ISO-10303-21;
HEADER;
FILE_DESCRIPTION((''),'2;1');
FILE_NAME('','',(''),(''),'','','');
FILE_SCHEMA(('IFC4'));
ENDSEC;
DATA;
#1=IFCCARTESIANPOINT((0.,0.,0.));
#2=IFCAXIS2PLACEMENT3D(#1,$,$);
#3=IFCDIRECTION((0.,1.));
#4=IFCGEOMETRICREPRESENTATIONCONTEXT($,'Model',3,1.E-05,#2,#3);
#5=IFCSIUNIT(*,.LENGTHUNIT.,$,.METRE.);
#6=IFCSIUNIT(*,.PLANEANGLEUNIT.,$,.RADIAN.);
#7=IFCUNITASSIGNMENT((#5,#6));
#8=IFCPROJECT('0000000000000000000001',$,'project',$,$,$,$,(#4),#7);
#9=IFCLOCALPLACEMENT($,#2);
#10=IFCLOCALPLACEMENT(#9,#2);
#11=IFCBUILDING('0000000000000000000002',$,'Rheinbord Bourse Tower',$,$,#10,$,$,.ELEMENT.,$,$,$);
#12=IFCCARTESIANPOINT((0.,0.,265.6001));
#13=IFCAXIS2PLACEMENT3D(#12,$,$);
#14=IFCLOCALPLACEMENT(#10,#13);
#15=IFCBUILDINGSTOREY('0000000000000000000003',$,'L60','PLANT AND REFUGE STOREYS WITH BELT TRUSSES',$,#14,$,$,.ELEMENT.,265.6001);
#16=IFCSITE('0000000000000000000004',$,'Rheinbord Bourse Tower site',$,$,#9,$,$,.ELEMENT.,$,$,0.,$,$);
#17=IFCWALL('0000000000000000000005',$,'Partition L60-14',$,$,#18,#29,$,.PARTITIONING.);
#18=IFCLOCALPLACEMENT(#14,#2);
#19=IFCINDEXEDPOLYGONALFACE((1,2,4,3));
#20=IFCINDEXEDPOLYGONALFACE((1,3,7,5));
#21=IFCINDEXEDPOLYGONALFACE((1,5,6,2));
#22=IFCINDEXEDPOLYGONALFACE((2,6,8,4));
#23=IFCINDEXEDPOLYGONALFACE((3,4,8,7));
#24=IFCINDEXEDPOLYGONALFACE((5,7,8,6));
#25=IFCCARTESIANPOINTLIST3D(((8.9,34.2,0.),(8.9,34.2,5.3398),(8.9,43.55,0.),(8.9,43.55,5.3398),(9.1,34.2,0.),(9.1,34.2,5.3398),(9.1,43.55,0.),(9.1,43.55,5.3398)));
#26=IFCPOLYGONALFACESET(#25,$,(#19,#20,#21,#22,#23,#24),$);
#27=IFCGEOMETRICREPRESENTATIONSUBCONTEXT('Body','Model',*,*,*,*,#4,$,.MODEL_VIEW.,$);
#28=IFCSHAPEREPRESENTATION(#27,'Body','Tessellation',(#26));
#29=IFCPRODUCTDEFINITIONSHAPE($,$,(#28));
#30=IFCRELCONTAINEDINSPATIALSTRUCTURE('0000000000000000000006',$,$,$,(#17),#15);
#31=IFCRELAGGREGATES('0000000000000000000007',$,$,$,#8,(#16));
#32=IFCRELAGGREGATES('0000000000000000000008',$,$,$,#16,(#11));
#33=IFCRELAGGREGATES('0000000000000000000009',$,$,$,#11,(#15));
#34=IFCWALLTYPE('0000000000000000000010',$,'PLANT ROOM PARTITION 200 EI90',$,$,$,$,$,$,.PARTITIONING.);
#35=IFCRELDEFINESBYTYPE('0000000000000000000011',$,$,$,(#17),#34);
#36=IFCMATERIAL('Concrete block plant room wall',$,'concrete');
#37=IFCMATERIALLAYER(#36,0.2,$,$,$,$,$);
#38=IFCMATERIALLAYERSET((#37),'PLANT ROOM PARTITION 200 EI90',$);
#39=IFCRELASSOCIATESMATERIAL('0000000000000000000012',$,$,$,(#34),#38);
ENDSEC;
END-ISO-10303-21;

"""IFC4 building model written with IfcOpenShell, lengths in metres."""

from ifc_helpers import new_model, si_unit, direction, frame, frame_2d, origin, place, context, subcontext, project, spatial, rectangle, extrude, material, layer, layer_set, type_object, element, save


model = new_model("IFC4")

# Units and contexts
model_context = context("Model", 3, precision=1e-05, world=origin(), true_north=direction((0.0, 1.0)))
body_context = subcontext(model_context, "Body", "Model", "MODEL_VIEW")
ifc_project = project(units=[si_unit("LENGTHUNIT", "METRE"), si_unit("PLANEANGLEUNIT", "RADIAN")], contexts=[model_context])

# Site, building, storey
site_placement = place(None, origin())
site = spatial("IfcSite", under=ifc_project, at=site_placement, Name="Rheinbord Bourse Tower site", CompositionType="ELEMENT", RefElevation=0.0)
building_placement = place(site_placement, origin())
building = spatial("IfcBuilding", under=site, at=building_placement, Name="Rheinbord Bourse Tower", CompositionType="ELEMENT")
storey_placement = place(building_placement, frame((0.0, 0.0, 265.6001)))
storey = spatial("IfcBuildingStorey", under=building, at=storey_placement, Name="L60", Description="PLANT AND REFUGE STOREYS WITH BELT TRUSSES", CompositionType="ELEMENT", Elevation=265.6001)

# Shared definitions
ifc_material_1 = material(Name="Concrete block plant room wall", Category="concrete")
ifc_layer_1 = layer(ifc_material_1, 0.2)
ifc_layer_set_1 = layer_set([ifc_layer_1], Name="PLANT ROOM PARTITION 200 EI90")
wall_type_1 = type_object("IfcWallType", Name="PLANT ROOM PARTITION 200 EI90", PredefinedType="PARTITIONING", material=ifc_layer_set_1)

# Wall
wall_1_placement = place(storey_placement, frame((9.0, 34.2, 0.0), z_axis=(0.0, 0.0, 1.0), x_axis=(0.0, 1.0, 0.0)))
element("IfcWall", 1, at=wall_1_placement, inside=storey, type_object=wall_type_1, Name="Partition L60-14", PredefinedType="PARTITIONING", context=body_context, shape_type="SweptSolid", body=[
    extrude(rectangle(XDim=9.3501, YDim=0.2, at=frame_2d((4.675, 0.0))), origin(), (0.0, 0.0, 1.0), 5.3398),
])

save(model, "model.ifc")
